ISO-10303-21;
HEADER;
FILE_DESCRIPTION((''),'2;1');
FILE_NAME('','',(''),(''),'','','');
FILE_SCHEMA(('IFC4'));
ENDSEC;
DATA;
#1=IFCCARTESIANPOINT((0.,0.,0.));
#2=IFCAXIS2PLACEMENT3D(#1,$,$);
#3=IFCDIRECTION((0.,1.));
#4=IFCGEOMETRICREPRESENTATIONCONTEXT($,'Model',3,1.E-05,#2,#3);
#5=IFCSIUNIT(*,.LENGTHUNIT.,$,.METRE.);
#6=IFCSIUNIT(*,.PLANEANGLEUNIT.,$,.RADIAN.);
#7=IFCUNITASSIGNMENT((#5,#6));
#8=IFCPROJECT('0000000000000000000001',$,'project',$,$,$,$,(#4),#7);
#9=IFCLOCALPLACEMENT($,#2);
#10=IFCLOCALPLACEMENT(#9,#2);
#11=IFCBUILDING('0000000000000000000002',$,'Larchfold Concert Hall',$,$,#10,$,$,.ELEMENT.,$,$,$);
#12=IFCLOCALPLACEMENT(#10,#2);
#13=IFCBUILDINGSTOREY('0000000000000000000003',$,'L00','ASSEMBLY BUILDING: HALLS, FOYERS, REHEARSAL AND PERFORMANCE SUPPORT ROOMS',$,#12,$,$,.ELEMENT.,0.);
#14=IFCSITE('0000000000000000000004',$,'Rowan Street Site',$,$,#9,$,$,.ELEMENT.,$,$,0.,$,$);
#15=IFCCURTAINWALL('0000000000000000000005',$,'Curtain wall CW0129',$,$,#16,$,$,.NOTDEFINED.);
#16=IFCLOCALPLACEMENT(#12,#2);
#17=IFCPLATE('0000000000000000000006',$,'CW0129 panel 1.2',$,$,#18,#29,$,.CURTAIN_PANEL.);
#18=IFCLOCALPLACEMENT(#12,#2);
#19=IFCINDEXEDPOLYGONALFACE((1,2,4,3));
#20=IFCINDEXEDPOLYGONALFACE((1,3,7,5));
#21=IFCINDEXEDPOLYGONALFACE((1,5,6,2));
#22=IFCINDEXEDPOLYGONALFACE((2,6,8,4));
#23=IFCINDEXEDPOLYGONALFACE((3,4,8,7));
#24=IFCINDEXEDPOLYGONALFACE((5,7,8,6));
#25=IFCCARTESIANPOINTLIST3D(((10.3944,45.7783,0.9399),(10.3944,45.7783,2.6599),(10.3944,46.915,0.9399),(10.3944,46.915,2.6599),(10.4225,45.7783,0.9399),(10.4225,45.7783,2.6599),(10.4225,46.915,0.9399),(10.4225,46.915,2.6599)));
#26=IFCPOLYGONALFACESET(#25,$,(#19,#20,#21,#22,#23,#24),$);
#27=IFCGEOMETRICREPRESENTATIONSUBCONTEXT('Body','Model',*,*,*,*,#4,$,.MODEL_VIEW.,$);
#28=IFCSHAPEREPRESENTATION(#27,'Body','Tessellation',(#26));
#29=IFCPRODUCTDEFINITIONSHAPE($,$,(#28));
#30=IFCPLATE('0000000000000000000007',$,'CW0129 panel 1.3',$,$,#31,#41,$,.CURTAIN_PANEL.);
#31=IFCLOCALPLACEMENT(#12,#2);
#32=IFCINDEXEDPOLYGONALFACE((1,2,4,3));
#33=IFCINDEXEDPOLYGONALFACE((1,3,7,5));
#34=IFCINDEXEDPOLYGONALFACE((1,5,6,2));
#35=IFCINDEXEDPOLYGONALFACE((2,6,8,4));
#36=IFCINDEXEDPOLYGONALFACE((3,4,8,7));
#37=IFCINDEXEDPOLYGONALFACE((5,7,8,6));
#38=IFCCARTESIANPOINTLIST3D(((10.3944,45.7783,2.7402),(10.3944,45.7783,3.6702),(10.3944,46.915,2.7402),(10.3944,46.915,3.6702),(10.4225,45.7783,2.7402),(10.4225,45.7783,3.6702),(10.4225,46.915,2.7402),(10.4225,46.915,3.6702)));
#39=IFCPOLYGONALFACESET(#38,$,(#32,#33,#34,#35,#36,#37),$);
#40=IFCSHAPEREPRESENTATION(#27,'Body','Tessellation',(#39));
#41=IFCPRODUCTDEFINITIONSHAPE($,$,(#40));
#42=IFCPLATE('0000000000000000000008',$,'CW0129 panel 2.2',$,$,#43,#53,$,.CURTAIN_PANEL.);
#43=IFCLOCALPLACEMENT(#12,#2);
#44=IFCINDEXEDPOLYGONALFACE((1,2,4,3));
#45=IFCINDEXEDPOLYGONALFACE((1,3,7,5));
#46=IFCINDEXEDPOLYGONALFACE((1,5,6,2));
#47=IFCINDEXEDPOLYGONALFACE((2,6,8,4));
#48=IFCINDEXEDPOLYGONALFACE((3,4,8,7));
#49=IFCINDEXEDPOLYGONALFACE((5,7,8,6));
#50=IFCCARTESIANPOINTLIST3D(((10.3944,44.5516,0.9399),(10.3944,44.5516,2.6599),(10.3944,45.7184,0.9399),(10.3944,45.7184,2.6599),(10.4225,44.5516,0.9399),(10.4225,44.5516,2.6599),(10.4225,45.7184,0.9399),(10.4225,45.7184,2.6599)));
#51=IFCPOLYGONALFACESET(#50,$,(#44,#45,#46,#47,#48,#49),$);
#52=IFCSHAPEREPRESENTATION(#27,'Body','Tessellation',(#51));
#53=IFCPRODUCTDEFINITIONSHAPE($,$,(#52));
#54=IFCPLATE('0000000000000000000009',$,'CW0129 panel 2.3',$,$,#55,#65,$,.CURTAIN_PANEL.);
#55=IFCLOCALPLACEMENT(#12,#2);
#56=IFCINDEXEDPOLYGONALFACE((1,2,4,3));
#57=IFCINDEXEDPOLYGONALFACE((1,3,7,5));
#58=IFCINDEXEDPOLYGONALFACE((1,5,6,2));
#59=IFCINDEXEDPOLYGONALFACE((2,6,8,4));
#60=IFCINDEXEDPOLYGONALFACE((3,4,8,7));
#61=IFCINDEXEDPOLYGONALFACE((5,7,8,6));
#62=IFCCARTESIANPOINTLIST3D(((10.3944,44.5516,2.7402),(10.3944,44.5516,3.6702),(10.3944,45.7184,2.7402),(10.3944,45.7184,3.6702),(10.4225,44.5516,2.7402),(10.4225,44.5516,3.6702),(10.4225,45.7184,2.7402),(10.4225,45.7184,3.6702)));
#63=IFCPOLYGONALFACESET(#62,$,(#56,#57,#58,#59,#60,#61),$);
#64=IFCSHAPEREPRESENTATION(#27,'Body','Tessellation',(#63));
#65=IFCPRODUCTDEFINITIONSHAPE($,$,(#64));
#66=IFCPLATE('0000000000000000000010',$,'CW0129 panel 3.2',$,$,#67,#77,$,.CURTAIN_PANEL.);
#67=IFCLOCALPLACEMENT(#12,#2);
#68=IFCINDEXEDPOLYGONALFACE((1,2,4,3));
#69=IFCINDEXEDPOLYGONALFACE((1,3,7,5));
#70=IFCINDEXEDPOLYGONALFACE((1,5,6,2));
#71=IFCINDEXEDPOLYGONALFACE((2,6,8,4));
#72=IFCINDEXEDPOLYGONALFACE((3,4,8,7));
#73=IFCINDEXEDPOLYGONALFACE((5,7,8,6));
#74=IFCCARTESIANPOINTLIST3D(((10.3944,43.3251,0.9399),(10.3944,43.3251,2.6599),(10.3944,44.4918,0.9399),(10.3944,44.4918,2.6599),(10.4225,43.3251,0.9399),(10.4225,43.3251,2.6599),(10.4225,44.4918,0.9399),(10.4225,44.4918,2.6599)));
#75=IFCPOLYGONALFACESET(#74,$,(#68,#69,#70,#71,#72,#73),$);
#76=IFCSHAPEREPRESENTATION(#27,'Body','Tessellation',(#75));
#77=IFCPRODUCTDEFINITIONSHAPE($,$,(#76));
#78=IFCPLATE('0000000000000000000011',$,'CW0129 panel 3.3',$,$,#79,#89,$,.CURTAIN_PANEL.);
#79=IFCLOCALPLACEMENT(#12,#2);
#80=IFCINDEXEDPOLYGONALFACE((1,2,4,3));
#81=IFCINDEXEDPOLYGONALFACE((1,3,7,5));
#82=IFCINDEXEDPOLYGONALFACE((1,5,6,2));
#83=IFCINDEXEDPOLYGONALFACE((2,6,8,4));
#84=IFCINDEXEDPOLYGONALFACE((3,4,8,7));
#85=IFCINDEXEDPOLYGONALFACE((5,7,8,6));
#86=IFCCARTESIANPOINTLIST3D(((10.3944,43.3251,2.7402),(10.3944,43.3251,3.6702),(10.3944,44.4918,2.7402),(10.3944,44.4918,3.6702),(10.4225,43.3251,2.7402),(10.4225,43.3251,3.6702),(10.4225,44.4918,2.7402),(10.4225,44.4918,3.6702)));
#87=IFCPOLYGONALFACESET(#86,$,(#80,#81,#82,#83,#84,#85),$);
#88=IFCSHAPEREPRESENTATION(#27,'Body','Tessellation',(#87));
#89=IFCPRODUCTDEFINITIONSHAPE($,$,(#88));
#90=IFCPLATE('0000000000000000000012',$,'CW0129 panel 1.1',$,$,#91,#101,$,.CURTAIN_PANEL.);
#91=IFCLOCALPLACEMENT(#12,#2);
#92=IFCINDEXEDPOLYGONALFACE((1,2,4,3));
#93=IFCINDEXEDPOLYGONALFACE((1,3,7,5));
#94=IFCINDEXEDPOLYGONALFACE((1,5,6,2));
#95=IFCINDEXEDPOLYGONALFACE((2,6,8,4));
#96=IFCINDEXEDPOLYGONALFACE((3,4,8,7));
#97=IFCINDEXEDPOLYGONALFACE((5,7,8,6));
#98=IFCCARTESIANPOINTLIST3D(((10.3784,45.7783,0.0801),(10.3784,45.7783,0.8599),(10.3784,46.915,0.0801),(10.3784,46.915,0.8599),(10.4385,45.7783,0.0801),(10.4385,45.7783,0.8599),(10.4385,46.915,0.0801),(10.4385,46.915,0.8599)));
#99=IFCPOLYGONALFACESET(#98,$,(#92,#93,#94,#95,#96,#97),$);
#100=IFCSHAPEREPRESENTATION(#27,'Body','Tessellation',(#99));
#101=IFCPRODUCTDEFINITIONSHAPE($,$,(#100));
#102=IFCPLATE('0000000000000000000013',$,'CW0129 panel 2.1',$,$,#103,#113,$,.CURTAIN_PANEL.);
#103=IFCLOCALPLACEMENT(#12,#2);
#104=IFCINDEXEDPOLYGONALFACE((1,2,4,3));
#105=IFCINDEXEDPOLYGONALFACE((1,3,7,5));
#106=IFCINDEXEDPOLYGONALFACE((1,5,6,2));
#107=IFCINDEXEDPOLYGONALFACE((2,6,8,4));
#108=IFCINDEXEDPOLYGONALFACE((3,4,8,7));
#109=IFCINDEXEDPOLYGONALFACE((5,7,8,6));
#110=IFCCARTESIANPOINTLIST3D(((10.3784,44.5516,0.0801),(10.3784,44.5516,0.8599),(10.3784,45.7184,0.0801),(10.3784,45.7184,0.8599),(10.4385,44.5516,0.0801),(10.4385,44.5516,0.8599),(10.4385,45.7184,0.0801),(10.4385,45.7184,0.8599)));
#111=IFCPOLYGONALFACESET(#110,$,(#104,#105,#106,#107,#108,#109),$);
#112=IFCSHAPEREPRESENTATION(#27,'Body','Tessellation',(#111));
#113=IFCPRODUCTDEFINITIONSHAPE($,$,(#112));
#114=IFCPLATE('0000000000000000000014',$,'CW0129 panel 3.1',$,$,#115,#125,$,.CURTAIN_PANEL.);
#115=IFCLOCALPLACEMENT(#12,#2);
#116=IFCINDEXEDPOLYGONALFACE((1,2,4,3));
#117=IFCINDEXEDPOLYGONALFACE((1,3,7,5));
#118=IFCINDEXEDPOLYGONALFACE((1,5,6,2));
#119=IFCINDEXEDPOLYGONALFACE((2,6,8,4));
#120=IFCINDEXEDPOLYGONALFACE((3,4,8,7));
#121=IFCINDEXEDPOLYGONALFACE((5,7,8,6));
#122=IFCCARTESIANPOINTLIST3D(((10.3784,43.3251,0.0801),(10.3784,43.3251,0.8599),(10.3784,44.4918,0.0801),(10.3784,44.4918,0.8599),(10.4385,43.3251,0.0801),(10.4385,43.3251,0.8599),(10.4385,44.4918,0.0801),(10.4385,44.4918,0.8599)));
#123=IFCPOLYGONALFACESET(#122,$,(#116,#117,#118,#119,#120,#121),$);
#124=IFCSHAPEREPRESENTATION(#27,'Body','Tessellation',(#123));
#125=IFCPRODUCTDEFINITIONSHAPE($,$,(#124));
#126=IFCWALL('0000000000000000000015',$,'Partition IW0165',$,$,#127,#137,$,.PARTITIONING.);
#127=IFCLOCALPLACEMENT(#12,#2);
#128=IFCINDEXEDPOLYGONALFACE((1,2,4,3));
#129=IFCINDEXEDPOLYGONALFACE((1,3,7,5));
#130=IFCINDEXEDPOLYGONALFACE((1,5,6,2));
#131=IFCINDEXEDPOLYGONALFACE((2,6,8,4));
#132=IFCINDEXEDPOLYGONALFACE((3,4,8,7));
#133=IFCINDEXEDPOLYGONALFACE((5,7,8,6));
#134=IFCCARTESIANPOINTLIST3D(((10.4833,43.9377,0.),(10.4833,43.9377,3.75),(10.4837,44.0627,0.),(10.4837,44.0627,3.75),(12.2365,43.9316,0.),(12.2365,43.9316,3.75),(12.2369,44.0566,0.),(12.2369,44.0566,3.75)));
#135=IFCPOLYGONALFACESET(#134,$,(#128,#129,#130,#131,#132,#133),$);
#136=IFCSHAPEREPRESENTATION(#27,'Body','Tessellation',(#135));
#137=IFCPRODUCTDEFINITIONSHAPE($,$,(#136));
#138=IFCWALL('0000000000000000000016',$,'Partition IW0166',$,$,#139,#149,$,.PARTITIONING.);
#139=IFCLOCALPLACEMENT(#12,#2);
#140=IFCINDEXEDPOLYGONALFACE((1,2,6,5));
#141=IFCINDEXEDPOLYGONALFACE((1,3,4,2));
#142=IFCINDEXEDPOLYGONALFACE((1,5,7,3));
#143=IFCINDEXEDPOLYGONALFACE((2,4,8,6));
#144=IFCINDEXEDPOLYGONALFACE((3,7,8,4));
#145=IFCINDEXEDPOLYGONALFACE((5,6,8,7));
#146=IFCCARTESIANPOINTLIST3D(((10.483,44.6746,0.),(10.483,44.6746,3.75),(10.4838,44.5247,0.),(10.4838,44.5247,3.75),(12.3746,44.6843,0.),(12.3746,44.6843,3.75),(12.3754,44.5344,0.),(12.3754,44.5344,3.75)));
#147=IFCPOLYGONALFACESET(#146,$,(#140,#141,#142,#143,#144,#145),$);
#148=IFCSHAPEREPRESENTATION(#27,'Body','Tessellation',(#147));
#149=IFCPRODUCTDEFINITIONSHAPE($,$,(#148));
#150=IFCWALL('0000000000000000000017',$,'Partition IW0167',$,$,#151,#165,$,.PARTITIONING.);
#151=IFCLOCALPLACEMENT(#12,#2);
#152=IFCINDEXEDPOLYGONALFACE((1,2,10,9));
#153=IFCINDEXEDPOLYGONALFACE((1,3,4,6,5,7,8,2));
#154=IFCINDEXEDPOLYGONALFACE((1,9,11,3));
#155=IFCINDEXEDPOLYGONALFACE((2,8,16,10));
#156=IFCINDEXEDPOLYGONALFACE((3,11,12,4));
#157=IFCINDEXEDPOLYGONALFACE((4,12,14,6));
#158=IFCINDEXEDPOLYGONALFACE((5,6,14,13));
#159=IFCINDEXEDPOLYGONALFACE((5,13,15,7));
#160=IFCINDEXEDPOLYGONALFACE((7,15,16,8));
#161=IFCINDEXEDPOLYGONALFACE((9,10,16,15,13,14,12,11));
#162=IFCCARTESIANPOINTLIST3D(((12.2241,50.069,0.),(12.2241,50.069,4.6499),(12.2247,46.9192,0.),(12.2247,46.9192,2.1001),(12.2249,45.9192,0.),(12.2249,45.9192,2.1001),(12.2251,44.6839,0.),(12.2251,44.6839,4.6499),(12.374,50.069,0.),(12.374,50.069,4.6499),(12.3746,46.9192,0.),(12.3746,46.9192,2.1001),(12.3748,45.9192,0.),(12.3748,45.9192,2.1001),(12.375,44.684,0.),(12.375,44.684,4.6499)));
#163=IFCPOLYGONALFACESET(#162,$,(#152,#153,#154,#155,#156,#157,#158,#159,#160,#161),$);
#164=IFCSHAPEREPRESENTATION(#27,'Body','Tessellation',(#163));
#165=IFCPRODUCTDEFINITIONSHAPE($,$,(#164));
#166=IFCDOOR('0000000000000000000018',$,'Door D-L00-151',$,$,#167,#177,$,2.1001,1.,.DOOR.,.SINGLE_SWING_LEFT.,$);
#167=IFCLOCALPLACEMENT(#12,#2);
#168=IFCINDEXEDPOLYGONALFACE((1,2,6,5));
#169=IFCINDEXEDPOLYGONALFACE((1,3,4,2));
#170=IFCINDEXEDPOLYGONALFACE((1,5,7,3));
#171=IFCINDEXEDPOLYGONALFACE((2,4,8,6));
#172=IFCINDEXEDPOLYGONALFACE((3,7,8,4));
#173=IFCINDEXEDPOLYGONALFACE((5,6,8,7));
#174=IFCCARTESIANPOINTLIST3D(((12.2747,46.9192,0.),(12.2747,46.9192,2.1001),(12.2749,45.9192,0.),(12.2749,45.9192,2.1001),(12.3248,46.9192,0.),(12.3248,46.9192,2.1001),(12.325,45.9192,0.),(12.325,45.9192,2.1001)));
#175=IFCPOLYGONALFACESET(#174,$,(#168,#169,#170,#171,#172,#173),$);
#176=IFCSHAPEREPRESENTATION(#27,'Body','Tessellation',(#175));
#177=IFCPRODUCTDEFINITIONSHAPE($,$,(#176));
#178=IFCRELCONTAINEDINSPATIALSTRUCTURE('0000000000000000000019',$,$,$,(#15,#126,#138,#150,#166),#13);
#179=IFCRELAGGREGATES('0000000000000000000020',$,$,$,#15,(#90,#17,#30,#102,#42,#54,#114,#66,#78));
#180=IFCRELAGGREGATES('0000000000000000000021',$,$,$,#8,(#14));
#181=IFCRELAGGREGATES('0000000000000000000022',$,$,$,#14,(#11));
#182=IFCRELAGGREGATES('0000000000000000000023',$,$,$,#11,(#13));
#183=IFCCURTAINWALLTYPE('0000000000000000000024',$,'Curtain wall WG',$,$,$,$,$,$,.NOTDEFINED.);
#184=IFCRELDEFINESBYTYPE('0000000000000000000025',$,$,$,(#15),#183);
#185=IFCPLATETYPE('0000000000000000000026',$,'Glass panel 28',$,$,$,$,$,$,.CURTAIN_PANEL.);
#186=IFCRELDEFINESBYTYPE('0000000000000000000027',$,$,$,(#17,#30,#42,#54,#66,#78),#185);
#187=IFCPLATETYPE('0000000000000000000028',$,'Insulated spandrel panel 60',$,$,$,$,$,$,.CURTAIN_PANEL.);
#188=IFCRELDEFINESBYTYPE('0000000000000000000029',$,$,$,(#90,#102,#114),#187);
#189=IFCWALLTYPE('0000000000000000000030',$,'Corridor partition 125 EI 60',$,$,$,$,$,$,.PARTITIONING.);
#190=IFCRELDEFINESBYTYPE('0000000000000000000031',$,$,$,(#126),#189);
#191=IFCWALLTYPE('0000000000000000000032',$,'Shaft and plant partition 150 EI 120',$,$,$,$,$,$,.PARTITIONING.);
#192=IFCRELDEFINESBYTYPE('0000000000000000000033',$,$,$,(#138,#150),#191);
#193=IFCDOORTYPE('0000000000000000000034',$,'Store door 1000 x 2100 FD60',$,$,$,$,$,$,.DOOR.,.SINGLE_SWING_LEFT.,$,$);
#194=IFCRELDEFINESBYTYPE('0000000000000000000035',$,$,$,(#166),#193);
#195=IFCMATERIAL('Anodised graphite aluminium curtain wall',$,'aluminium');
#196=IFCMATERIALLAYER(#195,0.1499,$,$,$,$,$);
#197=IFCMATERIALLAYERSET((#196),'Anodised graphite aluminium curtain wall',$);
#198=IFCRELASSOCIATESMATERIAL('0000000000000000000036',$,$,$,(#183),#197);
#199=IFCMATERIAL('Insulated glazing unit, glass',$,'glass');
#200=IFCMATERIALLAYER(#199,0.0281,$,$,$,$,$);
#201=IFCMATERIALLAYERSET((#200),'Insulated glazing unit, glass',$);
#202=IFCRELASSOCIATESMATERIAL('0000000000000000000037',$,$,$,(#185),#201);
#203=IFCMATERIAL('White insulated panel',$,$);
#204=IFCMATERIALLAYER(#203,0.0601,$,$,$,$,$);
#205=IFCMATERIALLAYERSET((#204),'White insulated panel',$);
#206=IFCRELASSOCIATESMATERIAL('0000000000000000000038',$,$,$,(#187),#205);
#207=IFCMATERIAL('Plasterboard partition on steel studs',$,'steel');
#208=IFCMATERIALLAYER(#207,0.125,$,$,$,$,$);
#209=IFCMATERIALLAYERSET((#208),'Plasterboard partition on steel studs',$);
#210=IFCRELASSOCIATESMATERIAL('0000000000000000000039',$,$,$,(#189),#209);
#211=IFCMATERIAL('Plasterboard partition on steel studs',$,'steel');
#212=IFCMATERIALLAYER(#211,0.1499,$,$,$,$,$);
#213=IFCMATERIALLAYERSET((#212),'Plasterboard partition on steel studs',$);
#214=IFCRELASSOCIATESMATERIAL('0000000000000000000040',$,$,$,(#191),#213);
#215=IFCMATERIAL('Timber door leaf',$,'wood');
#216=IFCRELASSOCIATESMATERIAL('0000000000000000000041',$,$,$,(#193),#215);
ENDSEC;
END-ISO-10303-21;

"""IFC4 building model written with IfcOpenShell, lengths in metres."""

from ifc_helpers import new_model, si_unit, direction, frame, frame_2d, origin, origin_2d, place, context, subcontext, project, spatial, rectangle, extrude, material, layer, layer_set, type_object, element, fill, aggregate, save


model = new_model("IFC4")

# Units and contexts
model_context = context("Model", 3, precision=1e-05, world=origin(), true_north=direction((0.0, 1.0)))
body_context = subcontext(model_context, "Body", "Model", "MODEL_VIEW")
ifc_project = project(units=[si_unit("LENGTHUNIT", "METRE"), si_unit("PLANEANGLEUNIT", "RADIAN")], contexts=[model_context])

# Site, building, storey
site_placement = place(None, origin())
site = spatial("IfcSite", under=ifc_project, at=site_placement, Name="Rowan Street Site", CompositionType="ELEMENT", RefElevation=0.0)
building_placement = place(site_placement, origin())
building = spatial("IfcBuilding", under=site, at=building_placement, Name="Larchfold Concert Hall", CompositionType="ELEMENT")
storey_placement = place(building_placement, origin())
storey = spatial("IfcBuildingStorey", under=building, at=storey_placement, Name="L00", Description="ASSEMBLY BUILDING: HALLS, FOYERS, REHEARSAL AND PERFORMANCE SUPPORT ROOMS", CompositionType="ELEMENT", Elevation=0.0)

# Curtain wall, plates
ifc_material_1 = material(Name="Anodised graphite aluminium curtain wall", Category="aluminium")
ifc_layer_1 = layer(ifc_material_1, 0.1499)
ifc_layer_set_1 = layer_set([ifc_layer_1], Name="Anodised graphite aluminium curtain wall")
curtain_wall_type = type_object("IfcCurtainWallType", Name="Curtain wall WG", PredefinedType="NOTDEFINED", material=ifc_layer_set_1)
curtain_wall_placement = place(storey_placement, origin())
curtain_wall = element("IfcCurtainWall", 1, at=curtain_wall_placement, inside=storey, type_object=curtain_wall_type, Name="Curtain wall CW0129", PredefinedType="NOTDEFINED")
ifc_material_2 = material(Name="Insulated glazing unit, glass", Category="glass")
ifc_layer_2 = layer(ifc_material_2, 0.0281)
ifc_layer_set_2 = layer_set([ifc_layer_2], Name="Insulated glazing unit, glass")
plate_type_1 = type_object("IfcPlateType", Name="Glass panel 28", PredefinedType="CURTAIN_PANEL", material=ifc_layer_set_2)
plate_1_placement = place(storey_placement, frame((10.4084, 46.3467, 0.9399), z_axis=(0.0, 0.0, 1.0), x_axis=(0.0, -1.0, 0.0)))
plate_1 = element("IfcPlate", 2, at=plate_1_placement, type_object=plate_type_1, Name="CW0129 panel 1.2", PredefinedType="CURTAIN_PANEL", context=body_context, shape_type="SweptSolid", body=[
    extrude(rectangle(XDim=1.1367, YDim=0.0281, at=origin_2d()), origin(), (0.0, 0.0, 1.0), 1.72),
])
plate_2_placement = place(storey_placement, frame((10.4084, 46.3467, 2.7402), z_axis=(0.0, 0.0, 1.0), x_axis=(0.0, -1.0, 0.0)))
plate_2 = element("IfcPlate", 3, at=plate_2_placement, type_object=plate_type_1, Name="CW0129 panel 1.3", PredefinedType="CURTAIN_PANEL", context=body_context, shape_type="SweptSolid", body=[
    extrude(rectangle(XDim=1.1367, YDim=0.0281, at=origin_2d()), origin(), (0.0, 0.0, 1.0), 0.9299),
])
plate_3_placement = place(storey_placement, frame((10.4084, 45.135, 0.9399), z_axis=(0.0, 0.0, 1.0), x_axis=(0.0, -1.0, 0.0)))
plate_3 = element("IfcPlate", 4, at=plate_3_placement, type_object=plate_type_1, Name="CW0129 panel 2.2", PredefinedType="CURTAIN_PANEL", context=body_context, shape_type="SweptSolid", body=[
    extrude(rectangle(XDim=1.1667, YDim=0.0281, at=origin_2d()), origin(), (0.0, 0.0, 1.0), 1.72),
])
plate_4_placement = place(storey_placement, frame((10.4084, 45.135, 2.7402), z_axis=(0.0, 0.0, 1.0), x_axis=(0.0, -1.0, 0.0)))
plate_4 = element("IfcPlate", 5, at=plate_4_placement, type_object=plate_type_1, Name="CW0129 panel 2.3", PredefinedType="CURTAIN_PANEL", context=body_context, shape_type="SweptSolid", body=[
    extrude(rectangle(XDim=1.1667, YDim=0.0281, at=origin_2d()), origin(), (0.0, 0.0, 1.0), 0.9299),
])
plate_5_placement = place(storey_placement, frame((10.4084, 43.9084, 0.9399), z_axis=(0.0, 0.0, 1.0), x_axis=(0.0, -1.0, 0.0)))
plate_5 = element("IfcPlate", 6, at=plate_5_placement, type_object=plate_type_1, Name="CW0129 panel 3.2", PredefinedType="CURTAIN_PANEL", context=body_context, shape_type="SweptSolid", body=[
    extrude(rectangle(XDim=1.1667, YDim=0.0281, at=origin_2d()), origin(), (0.0, 0.0, 1.0), 1.72),
])
plate_6_placement = place(storey_placement, frame((10.4084, 43.9084, 2.7402), z_axis=(0.0, 0.0, 1.0), x_axis=(0.0, -1.0, 0.0)))
plate_6 = element("IfcPlate", 7, at=plate_6_placement, type_object=plate_type_1, Name="CW0129 panel 3.3", PredefinedType="CURTAIN_PANEL", context=body_context, shape_type="SweptSolid", body=[
    extrude(rectangle(XDim=1.1667, YDim=0.0281, at=origin_2d()), origin(), (0.0, 0.0, 1.0), 0.9299),
])
ifc_material_3 = material(Name="White insulated panel")
ifc_layer_3 = layer(ifc_material_3, 0.0601)
ifc_layer_set_3 = layer_set([ifc_layer_3], Name="White insulated panel")
plate_type_2 = type_object("IfcPlateType", Name="Insulated spandrel panel 60", PredefinedType="CURTAIN_PANEL", material=ifc_layer_set_3)
plate_7_placement = place(storey_placement, frame((10.4084, 46.3467, 0.0801), z_axis=(0.0, 0.0, 1.0), x_axis=(0.0, -1.0, 0.0)))
plate_7 = element("IfcPlate", 8, at=plate_7_placement, type_object=plate_type_2, Name="CW0129 panel 1.1", PredefinedType="CURTAIN_PANEL", context=body_context, shape_type="SweptSolid", body=[
    extrude(rectangle(XDim=1.1367, YDim=0.0601, at=origin_2d()), origin(), (0.0, 0.0, 1.0), 0.7798),
])
plate_8_placement = place(storey_placement, frame((10.4084, 45.135, 0.0801), z_axis=(0.0, 0.0, 1.0), x_axis=(0.0, -1.0, 0.0)))
plate_8 = element("IfcPlate", 9, at=plate_8_placement, type_object=plate_type_2, Name="CW0129 panel 2.1", PredefinedType="CURTAIN_PANEL", context=body_context, shape_type="SweptSolid", body=[
    extrude(rectangle(XDim=1.1667, YDim=0.0601, at=origin_2d()), origin(), (0.0, 0.0, 1.0), 0.7798),
])
plate_9_placement = place(storey_placement, frame((10.4084, 43.9084, 0.0801), z_axis=(0.0, 0.0, 1.0), x_axis=(0.0, -1.0, 0.0)))
plate_9 = element("IfcPlate", 10, at=plate_9_placement, type_object=plate_type_2, Name="CW0129 panel 3.1", PredefinedType="CURTAIN_PANEL", context=body_context, shape_type="SweptSolid", body=[
    extrude(rectangle(XDim=1.1667, YDim=0.0601, at=origin_2d()), origin(), (0.0, 0.0, 1.0), 0.7798),
])
aggregate(curtain_wall, [plate_7, plate_1, plate_2, plate_8, plate_3, plate_4, plate_9, plate_5, plate_6])

# Walls
ifc_material_4 = material(Name="Plasterboard partition on steel studs", Category="steel")
ifc_layer_4 = layer(ifc_material_4, 0.125)
ifc_layer_set_4 = layer_set([ifc_layer_4], Name="Plasterboard partition on steel studs")
wall_type_1 = type_object("IfcWallType", Name="Corridor partition 125 EI 60", PredefinedType="PARTITIONING", material=ifc_layer_set_4)
wall_1_placement = place(storey_placement, frame((12.2366, 43.9941, 0.0), z_axis=(0.0, 0.0, 1.0), x_axis=(-0.999994, 0.003481, 0.0)))
element("IfcWall", 11, at=wall_1_placement, inside=storey, type_object=wall_type_1, Name="Partition IW0165", PredefinedType="PARTITIONING", context=body_context, shape_type="SweptSolid", body=[
    extrude(rectangle(XDim=1.7532, YDim=0.125, at=frame_2d((0.8765, 0.0))), origin(), (0.0, 0.0, 1.0), 3.75),
])
ifc_material_5 = material(Name="Plasterboard partition on steel studs", Category="steel")
ifc_layer_5 = layer(ifc_material_5, 0.1499)
ifc_layer_set_5 = layer_set([ifc_layer_5], Name="Plasterboard partition on steel studs")
wall_type_2 = type_object("IfcWallType", Name="Shaft and plant partition 150 EI 120", PredefinedType="PARTITIONING", material=ifc_layer_set_5)
wall_2_placement = place(storey_placement, frame((10.4834, 44.5996, 0.0), z_axis=(0.0, 0.0, 1.0), x_axis=(0.999987, 0.005163, 0.0)))
element("IfcWall", 12, at=wall_2_placement, inside=storey, type_object=wall_type_2, Name="Partition IW0166", PredefinedType="PARTITIONING", context=body_context, shape_type="SweptSolid", body=[
    extrude(rectangle(XDim=1.8916, YDim=0.1499, at=frame_2d((0.9458, 0.0))), origin(), (0.0, 0.0, 1.0), 3.75),
])

# Wall, opening, door
wall_3_placement = place(storey_placement, frame((12.3, 44.6841, 0.0), z_axis=(0.0, 0.0, 1.0), x_axis=(-0.000181, 1.0, 0.0)))
wall_3 = element("IfcWall", 13, at=wall_3_placement, inside=storey, type_object=wall_type_2, Name="Partition IW0167", PredefinedType="PARTITIONING", context=body_context, shape_type="SweptSolid", body=[
    extrude(rectangle(XDim=5.385, YDim=0.1499, at=frame_2d((2.6924, 0.0))), origin(), (0.0, 0.0, 1.0), 4.6499),
])
opening_placement = place(wall_3_placement, frame((1.2351, 0.0, 0.0)))
opening = element("IfcOpeningElement", 14, at=opening_placement, cuts=wall_3, PredefinedType="OPENING", context=body_context, shape_type="SweptSolid", body=[
    extrude(rectangle(XDim=1.0, YDim=2.1001, at=frame_2d((0.5, 1.05))), frame((0.0, 0.085, 0.0), z_axis=(0.0, -1.0, 0.0), x_axis=(1.0, 0.0, 0.0)), (0.0, 0.0, 1.0), 0.1699),
])
ifc_material_6 = material(Name="Timber door leaf", Category="wood")
door_type = type_object("IfcDoorType", Name="Store door 1000 x 2100 FD60", OperationType="SINGLE_SWING_LEFT", PredefinedType="DOOR", material=ifc_material_6)
door_placement = place(opening_placement, origin())
door = element("IfcDoor", 15, at=door_placement, inside=storey, type_object=door_type, Name="Door D-L00-151", OperationType="SINGLE_SWING_LEFT", OverallHeight=2.1001, OverallWidth=1.0, PredefinedType="DOOR", context=body_context, shape_type="SweptSolid", body=[
    extrude(rectangle(XDim=1.0, YDim=2.1001, at=frame_2d((0.5, 1.05))), frame((0.0, 0.0249, 0.0), z_axis=(0.0, -1.0, 0.0), x_axis=(1.0, 0.0, 0.0)), (0.0, 0.0, 1.0), 0.05),
])
fill(opening, door)

save(model, "model.ifc")
